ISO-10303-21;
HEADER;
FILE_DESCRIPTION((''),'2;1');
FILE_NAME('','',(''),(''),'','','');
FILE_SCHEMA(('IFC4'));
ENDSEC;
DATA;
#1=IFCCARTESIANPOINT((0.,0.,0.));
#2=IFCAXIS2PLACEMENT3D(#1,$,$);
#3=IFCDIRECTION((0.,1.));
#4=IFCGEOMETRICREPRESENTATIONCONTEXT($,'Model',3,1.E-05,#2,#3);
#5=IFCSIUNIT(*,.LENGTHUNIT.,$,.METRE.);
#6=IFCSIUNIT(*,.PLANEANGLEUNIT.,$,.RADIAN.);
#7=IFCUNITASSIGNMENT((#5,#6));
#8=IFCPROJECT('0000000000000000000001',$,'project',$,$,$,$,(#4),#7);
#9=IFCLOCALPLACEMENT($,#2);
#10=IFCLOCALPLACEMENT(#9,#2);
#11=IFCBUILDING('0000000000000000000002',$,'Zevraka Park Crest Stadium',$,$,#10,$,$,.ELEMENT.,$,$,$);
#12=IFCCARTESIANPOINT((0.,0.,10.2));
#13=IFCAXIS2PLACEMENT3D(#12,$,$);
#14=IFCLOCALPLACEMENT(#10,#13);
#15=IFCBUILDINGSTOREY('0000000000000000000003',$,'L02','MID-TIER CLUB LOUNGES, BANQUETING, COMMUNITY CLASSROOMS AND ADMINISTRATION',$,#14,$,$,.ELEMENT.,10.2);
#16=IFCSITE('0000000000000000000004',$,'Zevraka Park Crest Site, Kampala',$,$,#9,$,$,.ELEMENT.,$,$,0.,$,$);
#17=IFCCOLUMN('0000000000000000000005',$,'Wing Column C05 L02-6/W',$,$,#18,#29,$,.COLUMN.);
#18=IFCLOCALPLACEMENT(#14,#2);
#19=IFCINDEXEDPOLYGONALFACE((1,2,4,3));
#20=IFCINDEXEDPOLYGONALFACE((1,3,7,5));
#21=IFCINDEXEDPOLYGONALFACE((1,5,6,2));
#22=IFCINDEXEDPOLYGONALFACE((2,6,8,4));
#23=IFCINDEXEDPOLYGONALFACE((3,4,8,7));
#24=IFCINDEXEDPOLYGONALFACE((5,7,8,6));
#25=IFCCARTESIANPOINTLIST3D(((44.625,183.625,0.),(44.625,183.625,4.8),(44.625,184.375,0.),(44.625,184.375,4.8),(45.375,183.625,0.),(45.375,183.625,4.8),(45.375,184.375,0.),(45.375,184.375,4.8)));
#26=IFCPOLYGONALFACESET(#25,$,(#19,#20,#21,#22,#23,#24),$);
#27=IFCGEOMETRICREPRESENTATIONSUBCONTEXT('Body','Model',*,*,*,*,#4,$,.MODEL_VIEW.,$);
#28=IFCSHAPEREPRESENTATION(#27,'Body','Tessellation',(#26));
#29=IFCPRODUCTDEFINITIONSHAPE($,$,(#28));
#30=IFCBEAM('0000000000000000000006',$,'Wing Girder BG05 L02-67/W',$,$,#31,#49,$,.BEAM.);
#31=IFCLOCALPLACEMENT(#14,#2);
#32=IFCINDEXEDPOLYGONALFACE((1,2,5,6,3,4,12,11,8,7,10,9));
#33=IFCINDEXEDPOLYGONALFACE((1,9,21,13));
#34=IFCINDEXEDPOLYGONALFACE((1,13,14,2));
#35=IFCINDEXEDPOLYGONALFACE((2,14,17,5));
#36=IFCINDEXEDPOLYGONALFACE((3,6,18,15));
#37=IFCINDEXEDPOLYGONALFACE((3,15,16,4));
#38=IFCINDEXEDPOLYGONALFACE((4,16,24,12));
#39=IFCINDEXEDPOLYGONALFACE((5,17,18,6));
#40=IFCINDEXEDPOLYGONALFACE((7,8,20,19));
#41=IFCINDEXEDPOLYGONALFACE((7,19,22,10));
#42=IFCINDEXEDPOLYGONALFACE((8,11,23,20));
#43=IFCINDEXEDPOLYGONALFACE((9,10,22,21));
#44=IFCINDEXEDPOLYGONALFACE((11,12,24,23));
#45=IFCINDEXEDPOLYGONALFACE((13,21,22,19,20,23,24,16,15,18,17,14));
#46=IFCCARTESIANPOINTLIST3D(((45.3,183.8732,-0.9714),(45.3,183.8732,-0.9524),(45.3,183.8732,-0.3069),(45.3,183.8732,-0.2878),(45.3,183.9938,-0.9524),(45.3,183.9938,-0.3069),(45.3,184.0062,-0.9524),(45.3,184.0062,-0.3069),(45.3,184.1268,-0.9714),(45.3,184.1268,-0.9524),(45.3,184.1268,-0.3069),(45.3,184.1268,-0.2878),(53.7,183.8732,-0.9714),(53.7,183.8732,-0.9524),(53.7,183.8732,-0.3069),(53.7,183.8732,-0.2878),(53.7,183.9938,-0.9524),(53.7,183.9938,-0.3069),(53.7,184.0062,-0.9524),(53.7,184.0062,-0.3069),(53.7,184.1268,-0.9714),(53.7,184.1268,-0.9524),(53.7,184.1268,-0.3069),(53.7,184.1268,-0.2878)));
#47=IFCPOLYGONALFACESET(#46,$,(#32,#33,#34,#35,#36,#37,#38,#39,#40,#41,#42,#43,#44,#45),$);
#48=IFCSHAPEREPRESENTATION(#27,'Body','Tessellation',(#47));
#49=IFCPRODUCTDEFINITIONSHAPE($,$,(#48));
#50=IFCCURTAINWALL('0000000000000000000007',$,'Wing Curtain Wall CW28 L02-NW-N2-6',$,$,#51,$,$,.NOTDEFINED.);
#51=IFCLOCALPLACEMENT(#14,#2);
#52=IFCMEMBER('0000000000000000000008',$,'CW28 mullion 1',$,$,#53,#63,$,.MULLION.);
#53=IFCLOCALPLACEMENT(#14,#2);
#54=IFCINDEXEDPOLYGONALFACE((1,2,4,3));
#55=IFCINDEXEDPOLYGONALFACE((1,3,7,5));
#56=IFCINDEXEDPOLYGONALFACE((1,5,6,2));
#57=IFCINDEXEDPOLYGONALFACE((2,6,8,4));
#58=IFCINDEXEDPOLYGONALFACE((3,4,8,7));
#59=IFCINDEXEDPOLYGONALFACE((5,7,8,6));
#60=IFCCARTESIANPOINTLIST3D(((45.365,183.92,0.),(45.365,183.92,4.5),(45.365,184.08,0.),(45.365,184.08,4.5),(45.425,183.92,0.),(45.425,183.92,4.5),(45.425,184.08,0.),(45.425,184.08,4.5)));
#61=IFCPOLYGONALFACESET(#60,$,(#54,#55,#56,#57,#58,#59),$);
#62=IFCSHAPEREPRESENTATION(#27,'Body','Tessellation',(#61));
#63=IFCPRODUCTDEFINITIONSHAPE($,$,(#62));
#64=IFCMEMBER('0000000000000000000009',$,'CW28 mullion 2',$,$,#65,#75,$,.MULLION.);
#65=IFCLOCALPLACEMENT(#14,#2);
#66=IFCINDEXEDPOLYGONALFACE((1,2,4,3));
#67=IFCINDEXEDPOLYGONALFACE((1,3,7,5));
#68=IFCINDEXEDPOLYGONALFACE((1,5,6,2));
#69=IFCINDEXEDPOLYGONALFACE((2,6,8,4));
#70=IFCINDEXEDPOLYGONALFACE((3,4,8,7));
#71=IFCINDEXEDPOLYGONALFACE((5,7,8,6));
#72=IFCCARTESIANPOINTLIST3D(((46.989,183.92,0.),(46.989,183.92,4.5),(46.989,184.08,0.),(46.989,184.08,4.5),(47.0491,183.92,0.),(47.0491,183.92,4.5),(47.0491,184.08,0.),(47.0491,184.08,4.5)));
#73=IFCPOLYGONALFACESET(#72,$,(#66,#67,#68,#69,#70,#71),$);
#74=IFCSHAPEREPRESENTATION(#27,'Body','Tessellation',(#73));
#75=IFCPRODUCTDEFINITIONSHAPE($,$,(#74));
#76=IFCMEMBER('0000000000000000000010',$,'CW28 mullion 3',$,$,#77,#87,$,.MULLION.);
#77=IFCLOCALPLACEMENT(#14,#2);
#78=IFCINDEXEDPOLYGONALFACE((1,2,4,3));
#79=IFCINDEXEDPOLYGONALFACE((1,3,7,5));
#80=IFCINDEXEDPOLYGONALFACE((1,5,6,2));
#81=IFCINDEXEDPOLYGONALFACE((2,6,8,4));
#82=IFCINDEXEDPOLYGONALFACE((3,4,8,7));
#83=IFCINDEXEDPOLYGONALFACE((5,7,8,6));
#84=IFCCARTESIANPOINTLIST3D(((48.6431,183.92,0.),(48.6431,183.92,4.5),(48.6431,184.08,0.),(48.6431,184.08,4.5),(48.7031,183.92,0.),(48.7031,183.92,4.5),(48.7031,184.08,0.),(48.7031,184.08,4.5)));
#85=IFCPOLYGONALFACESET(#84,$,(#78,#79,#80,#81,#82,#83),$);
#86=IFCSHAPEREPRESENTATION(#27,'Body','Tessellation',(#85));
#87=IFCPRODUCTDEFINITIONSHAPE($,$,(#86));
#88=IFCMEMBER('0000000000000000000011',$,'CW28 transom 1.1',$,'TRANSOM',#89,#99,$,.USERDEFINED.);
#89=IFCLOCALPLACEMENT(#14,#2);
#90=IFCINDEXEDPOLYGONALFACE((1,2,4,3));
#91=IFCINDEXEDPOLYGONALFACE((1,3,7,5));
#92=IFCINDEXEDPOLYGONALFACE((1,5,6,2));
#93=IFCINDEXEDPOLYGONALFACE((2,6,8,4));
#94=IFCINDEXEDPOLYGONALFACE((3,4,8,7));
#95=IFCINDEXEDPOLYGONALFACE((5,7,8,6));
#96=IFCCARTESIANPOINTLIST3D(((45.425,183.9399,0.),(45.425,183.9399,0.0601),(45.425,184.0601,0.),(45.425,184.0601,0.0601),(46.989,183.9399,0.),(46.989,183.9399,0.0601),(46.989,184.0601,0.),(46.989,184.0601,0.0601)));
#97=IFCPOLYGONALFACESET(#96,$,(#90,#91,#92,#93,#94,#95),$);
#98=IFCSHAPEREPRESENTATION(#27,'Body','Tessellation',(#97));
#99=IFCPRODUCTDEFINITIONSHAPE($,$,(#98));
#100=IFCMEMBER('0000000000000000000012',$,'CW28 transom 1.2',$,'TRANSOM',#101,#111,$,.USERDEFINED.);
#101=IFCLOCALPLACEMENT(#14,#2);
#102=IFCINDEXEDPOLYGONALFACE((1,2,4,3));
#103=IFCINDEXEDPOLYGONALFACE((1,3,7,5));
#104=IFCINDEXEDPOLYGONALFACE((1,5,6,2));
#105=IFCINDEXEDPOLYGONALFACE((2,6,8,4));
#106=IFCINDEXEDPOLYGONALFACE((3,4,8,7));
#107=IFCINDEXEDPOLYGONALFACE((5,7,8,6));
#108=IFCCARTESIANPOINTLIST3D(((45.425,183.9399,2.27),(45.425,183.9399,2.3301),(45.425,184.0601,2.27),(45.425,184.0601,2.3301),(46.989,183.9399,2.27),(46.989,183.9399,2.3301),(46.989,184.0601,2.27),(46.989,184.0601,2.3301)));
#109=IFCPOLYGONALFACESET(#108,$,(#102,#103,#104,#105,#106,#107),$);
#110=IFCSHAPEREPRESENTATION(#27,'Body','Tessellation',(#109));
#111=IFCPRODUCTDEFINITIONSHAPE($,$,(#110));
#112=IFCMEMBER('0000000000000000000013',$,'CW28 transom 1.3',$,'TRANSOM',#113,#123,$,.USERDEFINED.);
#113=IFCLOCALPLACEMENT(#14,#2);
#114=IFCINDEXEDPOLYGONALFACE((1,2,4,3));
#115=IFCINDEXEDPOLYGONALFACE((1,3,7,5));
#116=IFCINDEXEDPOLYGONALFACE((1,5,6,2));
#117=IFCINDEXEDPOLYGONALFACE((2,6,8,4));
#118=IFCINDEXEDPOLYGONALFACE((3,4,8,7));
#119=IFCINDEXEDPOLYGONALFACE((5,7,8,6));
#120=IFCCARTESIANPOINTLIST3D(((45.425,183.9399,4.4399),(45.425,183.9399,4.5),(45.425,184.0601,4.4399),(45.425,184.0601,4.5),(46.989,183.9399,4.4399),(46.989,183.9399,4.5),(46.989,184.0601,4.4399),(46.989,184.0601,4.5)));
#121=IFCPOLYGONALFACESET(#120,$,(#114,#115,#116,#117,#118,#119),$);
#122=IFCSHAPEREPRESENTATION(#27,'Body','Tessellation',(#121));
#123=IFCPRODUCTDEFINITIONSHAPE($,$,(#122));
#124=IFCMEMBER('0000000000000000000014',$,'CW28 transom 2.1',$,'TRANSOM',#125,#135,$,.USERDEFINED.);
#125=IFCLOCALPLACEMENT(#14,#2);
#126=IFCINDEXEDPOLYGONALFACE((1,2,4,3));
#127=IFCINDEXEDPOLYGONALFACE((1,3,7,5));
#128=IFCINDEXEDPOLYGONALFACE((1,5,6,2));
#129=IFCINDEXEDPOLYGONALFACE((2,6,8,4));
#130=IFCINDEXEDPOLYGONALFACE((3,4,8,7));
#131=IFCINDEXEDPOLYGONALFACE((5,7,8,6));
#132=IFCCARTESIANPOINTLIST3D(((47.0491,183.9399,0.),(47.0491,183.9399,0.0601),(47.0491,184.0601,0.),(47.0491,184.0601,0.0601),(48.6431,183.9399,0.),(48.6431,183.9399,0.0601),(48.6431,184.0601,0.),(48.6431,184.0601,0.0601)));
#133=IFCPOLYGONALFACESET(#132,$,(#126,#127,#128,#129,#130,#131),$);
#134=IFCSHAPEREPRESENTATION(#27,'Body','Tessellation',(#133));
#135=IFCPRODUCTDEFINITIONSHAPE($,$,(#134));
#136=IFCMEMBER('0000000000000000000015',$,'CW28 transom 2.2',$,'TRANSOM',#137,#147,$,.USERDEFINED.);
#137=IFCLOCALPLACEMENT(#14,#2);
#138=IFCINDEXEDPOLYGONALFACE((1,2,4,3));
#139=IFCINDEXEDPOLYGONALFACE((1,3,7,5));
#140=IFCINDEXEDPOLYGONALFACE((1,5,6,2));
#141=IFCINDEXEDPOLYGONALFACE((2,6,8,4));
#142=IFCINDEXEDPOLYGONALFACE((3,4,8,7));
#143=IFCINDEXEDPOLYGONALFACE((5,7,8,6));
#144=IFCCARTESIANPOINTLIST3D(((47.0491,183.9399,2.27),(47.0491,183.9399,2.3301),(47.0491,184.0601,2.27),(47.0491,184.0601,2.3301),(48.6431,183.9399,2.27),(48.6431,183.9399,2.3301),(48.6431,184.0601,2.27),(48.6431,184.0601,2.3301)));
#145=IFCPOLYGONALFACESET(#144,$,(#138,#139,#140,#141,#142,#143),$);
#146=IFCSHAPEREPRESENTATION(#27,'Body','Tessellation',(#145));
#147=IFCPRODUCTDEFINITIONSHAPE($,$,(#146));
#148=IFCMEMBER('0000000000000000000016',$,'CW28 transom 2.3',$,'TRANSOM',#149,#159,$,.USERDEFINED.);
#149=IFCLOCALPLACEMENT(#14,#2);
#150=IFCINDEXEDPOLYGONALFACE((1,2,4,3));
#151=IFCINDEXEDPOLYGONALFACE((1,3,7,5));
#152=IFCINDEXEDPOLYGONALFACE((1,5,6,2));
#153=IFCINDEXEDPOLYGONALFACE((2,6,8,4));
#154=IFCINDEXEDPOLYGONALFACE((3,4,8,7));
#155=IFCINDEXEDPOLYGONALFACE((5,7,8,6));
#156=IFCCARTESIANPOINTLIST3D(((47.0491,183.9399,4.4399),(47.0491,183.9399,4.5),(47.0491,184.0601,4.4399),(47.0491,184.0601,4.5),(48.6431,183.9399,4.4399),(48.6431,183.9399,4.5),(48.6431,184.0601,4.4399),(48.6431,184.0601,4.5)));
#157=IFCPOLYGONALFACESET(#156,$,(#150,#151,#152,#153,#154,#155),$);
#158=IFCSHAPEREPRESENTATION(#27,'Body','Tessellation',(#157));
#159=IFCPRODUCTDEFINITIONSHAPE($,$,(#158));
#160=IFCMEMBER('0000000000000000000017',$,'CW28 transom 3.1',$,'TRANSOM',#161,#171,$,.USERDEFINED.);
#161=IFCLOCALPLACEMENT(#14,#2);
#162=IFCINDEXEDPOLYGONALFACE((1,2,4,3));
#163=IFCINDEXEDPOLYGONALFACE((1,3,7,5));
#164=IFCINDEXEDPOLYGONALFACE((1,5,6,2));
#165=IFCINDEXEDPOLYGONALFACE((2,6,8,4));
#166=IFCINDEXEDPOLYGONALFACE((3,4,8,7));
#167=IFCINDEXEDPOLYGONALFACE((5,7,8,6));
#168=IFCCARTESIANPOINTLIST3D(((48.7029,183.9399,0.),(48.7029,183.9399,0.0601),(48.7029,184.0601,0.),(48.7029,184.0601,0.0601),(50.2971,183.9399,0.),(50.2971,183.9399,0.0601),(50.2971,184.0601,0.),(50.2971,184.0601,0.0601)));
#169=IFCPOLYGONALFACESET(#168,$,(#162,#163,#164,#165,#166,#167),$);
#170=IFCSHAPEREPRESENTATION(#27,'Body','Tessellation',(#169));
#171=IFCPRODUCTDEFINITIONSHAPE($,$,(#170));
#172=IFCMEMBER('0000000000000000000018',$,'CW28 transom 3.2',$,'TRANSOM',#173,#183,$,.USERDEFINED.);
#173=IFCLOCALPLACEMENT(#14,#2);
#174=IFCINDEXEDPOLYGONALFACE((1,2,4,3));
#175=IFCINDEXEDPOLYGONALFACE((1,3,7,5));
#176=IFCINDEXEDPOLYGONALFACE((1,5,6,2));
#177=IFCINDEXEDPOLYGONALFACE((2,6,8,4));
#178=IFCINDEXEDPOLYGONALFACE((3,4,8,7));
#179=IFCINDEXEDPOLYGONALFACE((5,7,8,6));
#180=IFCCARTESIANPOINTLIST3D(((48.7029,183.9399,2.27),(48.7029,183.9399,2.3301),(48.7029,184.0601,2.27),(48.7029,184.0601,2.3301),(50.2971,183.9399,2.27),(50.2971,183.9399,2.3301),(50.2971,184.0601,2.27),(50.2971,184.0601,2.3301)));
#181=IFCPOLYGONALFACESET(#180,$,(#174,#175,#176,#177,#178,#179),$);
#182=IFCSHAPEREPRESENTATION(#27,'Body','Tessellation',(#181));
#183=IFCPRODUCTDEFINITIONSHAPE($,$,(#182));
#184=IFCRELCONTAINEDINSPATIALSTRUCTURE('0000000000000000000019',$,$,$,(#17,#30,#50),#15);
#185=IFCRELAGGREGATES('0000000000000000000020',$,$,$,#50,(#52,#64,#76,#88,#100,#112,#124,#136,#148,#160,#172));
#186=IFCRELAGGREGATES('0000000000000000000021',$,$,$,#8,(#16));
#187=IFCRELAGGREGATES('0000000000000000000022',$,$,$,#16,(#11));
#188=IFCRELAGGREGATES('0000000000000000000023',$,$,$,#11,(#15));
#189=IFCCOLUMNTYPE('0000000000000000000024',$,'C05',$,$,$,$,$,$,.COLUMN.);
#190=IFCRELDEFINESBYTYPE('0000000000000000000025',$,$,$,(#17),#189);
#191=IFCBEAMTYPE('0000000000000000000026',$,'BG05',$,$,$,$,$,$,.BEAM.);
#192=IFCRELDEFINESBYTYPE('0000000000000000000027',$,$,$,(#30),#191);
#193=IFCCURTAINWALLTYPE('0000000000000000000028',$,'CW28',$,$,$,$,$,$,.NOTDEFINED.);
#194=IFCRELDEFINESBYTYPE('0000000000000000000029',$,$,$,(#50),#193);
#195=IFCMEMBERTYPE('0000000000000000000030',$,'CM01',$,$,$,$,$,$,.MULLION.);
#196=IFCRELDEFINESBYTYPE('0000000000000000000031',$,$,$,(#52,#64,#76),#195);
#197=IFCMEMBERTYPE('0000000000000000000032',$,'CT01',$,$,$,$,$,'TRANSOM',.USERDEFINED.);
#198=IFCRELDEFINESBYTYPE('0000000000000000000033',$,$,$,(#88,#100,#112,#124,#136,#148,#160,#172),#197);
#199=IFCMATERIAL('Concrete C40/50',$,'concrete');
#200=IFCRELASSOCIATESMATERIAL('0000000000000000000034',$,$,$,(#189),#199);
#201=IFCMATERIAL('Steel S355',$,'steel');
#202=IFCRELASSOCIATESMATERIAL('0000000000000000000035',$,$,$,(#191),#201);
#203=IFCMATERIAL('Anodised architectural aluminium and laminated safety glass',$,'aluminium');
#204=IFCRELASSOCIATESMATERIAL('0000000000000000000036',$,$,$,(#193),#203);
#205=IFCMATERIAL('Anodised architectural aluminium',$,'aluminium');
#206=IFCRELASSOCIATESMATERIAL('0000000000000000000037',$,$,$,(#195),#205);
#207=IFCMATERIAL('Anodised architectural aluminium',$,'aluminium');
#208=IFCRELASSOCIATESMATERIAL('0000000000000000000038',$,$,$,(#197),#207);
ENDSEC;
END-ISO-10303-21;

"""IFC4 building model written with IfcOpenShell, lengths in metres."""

from ifc_helpers import new_model, si_unit, direction, frame, origin, origin_2d, place, context, subcontext, project, spatial, rectangle, i_section, extrude, material, material_profile, profile_set, type_object, element, aggregate, save


model = new_model("IFC4")

# Units and contexts
model_context = context("Model", 3, precision=1e-05, world=origin(), true_north=direction((0.0, 1.0)))
body_context = subcontext(model_context, "Body", "Model", "MODEL_VIEW")
ifc_project = project(units=[si_unit("LENGTHUNIT", "METRE"), si_unit("PLANEANGLEUNIT", "RADIAN")], contexts=[model_context])

# Site, building, storey
site_placement = place(None, origin())
site = spatial("IfcSite", under=ifc_project, at=site_placement, Name="Zevraka Park Crest Site, Kampala", CompositionType="ELEMENT", RefElevation=0.0)
building_placement = place(site_placement, origin())
building = spatial("IfcBuilding", under=site, at=building_placement, Name="Zevraka Park Crest Stadium", CompositionType="ELEMENT")
storey_placement = place(building_placement, frame((0.0, 0.0, 10.2)))
storey = spatial("IfcBuildingStorey", under=building, at=storey_placement, Name="L02", Description="MID-TIER CLUB LOUNGES, BANQUETING, COMMUNITY CLASSROOMS AND ADMINISTRATION", CompositionType="ELEMENT", Elevation=10.2)

# Column
ifc_material_1 = material(Name="Concrete C40/50", Category="concrete")
ifc_material_profile_1 = material_profile(ifc_material_1, rectangle(XDim=0.75, YDim=0.75, at=origin_2d()), Name="RC 750x750")
ifc_profile_set_1 = profile_set([ifc_material_profile_1], Name="Concrete C40/50")
column_type = type_object("IfcColumnType", Name="C05", PredefinedType="COLUMN", material=ifc_profile_set_1)
column_placement = place(storey_placement, frame((45.0, 184.0, 0.0), z_axis=(0.0, 0.0, 1.0), x_axis=(1.0, 0.0, 0.0)))
element("IfcColumn", 1, at=column_placement, inside=storey, type_object=column_type, Name="Wing Column C05 L02-6/W", PredefinedType="COLUMN", context=body_context, shape_type="SweptSolid", body=[
    extrude(rectangle(XDim=0.75, YDim=0.75, at=origin_2d()), origin(), (0.0, 0.0, 1.0), 4.8),
])

# Beam
ifc_material_2 = material(Name="Steel S355", Category="steel")
ifc_material_profile_2 = material_profile(ifc_material_2, i_section(OverallWidth=0.2537, OverallDepth=0.6836, WebThickness=0.0125, FlangeThickness=0.019, at=origin_2d()), Name="UKB 686x254x140")
ifc_profile_set_2 = profile_set([ifc_material_profile_2], Name="Steel S355")
beam_type = type_object("IfcBeamType", Name="BG05", PredefinedType="BEAM", material=ifc_profile_set_2)
beam_placement = place(storey_placement, frame((45.3, 184.0, -0.6296), z_axis=(1.0, 0.0, 0.0), x_axis=(0.0, 1.0, 0.0)))
element("IfcBeam", 2, at=beam_placement, inside=storey, type_object=beam_type, Name="Wing Girder BG05 L02-67/W", PredefinedType="BEAM", context=body_context, shape_type="SweptSolid", body=[
    extrude(i_section(OverallWidth=0.2537, OverallDepth=0.6836, WebThickness=0.0125, FlangeThickness=0.019, at=origin_2d()), origin(), (0.0, 0.0, 1.0), 8.3999),
])

# Curtain wall, members
ifc_material_3 = material(Name="Anodised architectural aluminium and laminated safety glass", Category="aluminium")
curtain_wall_type = type_object("IfcCurtainWallType", Name="CW28", PredefinedType="NOTDEFINED", material=ifc_material_3)
curtain_wall_placement = place(storey_placement, origin())
curtain_wall = element("IfcCurtainWall", 3, at=curtain_wall_placement, inside=storey, type_object=curtain_wall_type, Name="Wing Curtain Wall CW28 L02-NW-N2-6", PredefinedType="NOTDEFINED")
ifc_material_4 = material(Name="Anodised architectural aluminium", Category="aluminium")
ifc_material_profile_3 = material_profile(ifc_material_4, rectangle(XDim=0.1599, YDim=0.0601, at=origin_2d()), Name="ALU MULLION 160x60")
ifc_profile_set_3 = profile_set([ifc_material_profile_3], Name="Anodised architectural aluminium")
member_type_1 = type_object("IfcMemberType", Name="CM01", PredefinedType="MULLION", material=ifc_profile_set_3)
member_1_placement = place(storey_placement, frame((45.395, 184.0, 0.0), z_axis=(0.0, 0.0, 1.0), x_axis=(0.0, 1.0, 0.0)))
member_1 = element("IfcMember", 4, at=member_1_placement, type_object=member_type_1, Name="CW28 mullion 1", PredefinedType="MULLION", context=body_context, shape_type="SweptSolid", body=[
    extrude(rectangle(XDim=0.1599, YDim=0.0601, at=origin_2d()), origin(), (0.0, 0.0, 1.0), 4.5),
])
member_2_placement = place(storey_placement, frame((47.019, 184.0, 0.0), z_axis=(0.0, 0.0, 1.0), x_axis=(0.0, 1.0, 0.0)))
member_2 = element("IfcMember", 5, at=member_2_placement, type_object=member_type_1, Name="CW28 mullion 2", PredefinedType="MULLION", context=body_context, shape_type="SweptSolid", body=[
    extrude(rectangle(XDim=0.1599, YDim=0.0601, at=origin_2d()), origin(), (0.0, 0.0, 1.0), 4.5),
])
member_3_placement = place(storey_placement, frame((48.6731, 184.0, 0.0), z_axis=(0.0, 0.0, 1.0), x_axis=(0.0, 1.0, 0.0)))
member_3 = element("IfcMember", 6, at=member_3_placement, type_object=member_type_1, Name="CW28 mullion 3", PredefinedType="MULLION", context=body_context, shape_type="SweptSolid", body=[
    extrude(rectangle(XDim=0.1599, YDim=0.0601, at=origin_2d()), origin(), (0.0, 0.0, 1.0), 4.5),
])
ifc_material_5 = material(Name="Anodised architectural aluminium", Category="aluminium")
ifc_material_profile_4 = material_profile(ifc_material_5, rectangle(XDim=0.1201, YDim=0.0601, at=origin_2d()), Name="ALU TRANSOM 120x60")
ifc_profile_set_4 = profile_set([ifc_material_profile_4], Name="Anodised architectural aluminium")
member_type_2 = type_object("IfcMemberType", Name="CT01", ElementType="TRANSOM", PredefinedType="USERDEFINED", material=ifc_profile_set_4)
member_4_placement = place(storey_placement, frame((45.425, 184.0, 0.03), z_axis=(1.0, 0.0, 0.0), x_axis=(0.0, 1.0, 0.0)))
member_4 = element("IfcMember", 7, at=member_4_placement, type_object=member_type_2, Name="CW28 transom 1.1", ObjectType="TRANSOM", PredefinedType="USERDEFINED", context=body_context, shape_type="SweptSolid", body=[
    extrude(rectangle(XDim=0.1201, YDim=0.0601, at=origin_2d()), origin(), (0.0, 0.0, 1.0), 1.564),
])
member_5_placement = place(storey_placement, frame((45.425, 184.0, 2.3), z_axis=(1.0, 0.0, 0.0), x_axis=(0.0, 1.0, 0.0)))
member_5 = element("IfcMember", 8, at=member_5_placement, type_object=member_type_2, Name="CW28 transom 1.2", ObjectType="TRANSOM", PredefinedType="USERDEFINED", context=body_context, shape_type="SweptSolid", body=[
    extrude(rectangle(XDim=0.1201, YDim=0.0601, at=origin_2d()), origin(), (0.0, 0.0, 1.0), 1.564),
])
member_6_placement = place(storey_placement, frame((45.425, 184.0, 4.47), z_axis=(1.0, 0.0, 0.0), x_axis=(0.0, 1.0, 0.0)))
member_6 = element("IfcMember", 9, at=member_6_placement, type_object=member_type_2, Name="CW28 transom 1.3", ObjectType="TRANSOM", PredefinedType="USERDEFINED", context=body_context, shape_type="SweptSolid", body=[
    extrude(rectangle(XDim=0.1201, YDim=0.0601, at=origin_2d()), origin(), (0.0, 0.0, 1.0), 1.564),
])
member_7_placement = place(storey_placement, frame((47.0491, 184.0, 0.03), z_axis=(1.0, 0.0, 0.0), x_axis=(0.0, 1.0, 0.0)))
member_7 = element("IfcMember", 10, at=member_7_placement, type_object=member_type_2, Name="CW28 transom 2.1", ObjectType="TRANSOM", PredefinedType="USERDEFINED", context=body_context, shape_type="SweptSolid", body=[
    extrude(rectangle(XDim=0.1201, YDim=0.0601, at=origin_2d()), origin(), (0.0, 0.0, 1.0), 1.594),
])
member_8_placement = place(storey_placement, frame((47.0491, 184.0, 2.3), z_axis=(1.0, 0.0, 0.0), x_axis=(0.0, 1.0, 0.0)))
member_8 = element("IfcMember", 11, at=member_8_placement, type_object=member_type_2, Name="CW28 transom 2.2", ObjectType="TRANSOM", PredefinedType="USERDEFINED", context=body_context, shape_type="SweptSolid", body=[
    extrude(rectangle(XDim=0.1201, YDim=0.0601, at=origin_2d()), origin(), (0.0, 0.0, 1.0), 1.594),
])
member_9_placement = place(storey_placement, frame((47.0491, 184.0, 4.47), z_axis=(1.0, 0.0, 0.0), x_axis=(0.0, 1.0, 0.0)))
member_9 = element("IfcMember", 12, at=member_9_placement, type_object=member_type_2, Name="CW28 transom 2.3", ObjectType="TRANSOM", PredefinedType="USERDEFINED", context=body_context, shape_type="SweptSolid", body=[
    extrude(rectangle(XDim=0.1201, YDim=0.0601, at=origin_2d()), origin(), (0.0, 0.0, 1.0), 1.594),
])
member_10_placement = place(storey_placement, frame((48.7029, 184.0, 0.03), z_axis=(1.0, 0.0, 0.0), x_axis=(0.0, 1.0, 0.0)))
member_10 = element("IfcMember", 13, at=member_10_placement, type_object=member_type_2, Name="CW28 transom 3.1", ObjectType="TRANSOM", PredefinedType="USERDEFINED", context=body_context, shape_type="SweptSolid", body=[
    extrude(rectangle(XDim=0.1201, YDim=0.0601, at=origin_2d()), origin(), (0.0, 0.0, 1.0), 1.5942),
])
member_11_placement = place(storey_placement, frame((48.7029, 184.0, 2.3), z_axis=(1.0, 0.0, 0.0), x_axis=(0.0, 1.0, 0.0)))
member_11 = element("IfcMember", 14, at=member_11_placement, type_object=member_type_2, Name="CW28 transom 3.2", ObjectType="TRANSOM", PredefinedType="USERDEFINED", context=body_context, shape_type="SweptSolid", body=[
    extrude(rectangle(XDim=0.1201, YDim=0.0601, at=origin_2d()), origin(), (0.0, 0.0, 1.0), 1.5942),
])
aggregate(curtain_wall, [member_1, member_2, member_3, member_4, member_5, member_6, member_7, member_8, member_9, member_10, member_11])

save(model, "model.ifc")
